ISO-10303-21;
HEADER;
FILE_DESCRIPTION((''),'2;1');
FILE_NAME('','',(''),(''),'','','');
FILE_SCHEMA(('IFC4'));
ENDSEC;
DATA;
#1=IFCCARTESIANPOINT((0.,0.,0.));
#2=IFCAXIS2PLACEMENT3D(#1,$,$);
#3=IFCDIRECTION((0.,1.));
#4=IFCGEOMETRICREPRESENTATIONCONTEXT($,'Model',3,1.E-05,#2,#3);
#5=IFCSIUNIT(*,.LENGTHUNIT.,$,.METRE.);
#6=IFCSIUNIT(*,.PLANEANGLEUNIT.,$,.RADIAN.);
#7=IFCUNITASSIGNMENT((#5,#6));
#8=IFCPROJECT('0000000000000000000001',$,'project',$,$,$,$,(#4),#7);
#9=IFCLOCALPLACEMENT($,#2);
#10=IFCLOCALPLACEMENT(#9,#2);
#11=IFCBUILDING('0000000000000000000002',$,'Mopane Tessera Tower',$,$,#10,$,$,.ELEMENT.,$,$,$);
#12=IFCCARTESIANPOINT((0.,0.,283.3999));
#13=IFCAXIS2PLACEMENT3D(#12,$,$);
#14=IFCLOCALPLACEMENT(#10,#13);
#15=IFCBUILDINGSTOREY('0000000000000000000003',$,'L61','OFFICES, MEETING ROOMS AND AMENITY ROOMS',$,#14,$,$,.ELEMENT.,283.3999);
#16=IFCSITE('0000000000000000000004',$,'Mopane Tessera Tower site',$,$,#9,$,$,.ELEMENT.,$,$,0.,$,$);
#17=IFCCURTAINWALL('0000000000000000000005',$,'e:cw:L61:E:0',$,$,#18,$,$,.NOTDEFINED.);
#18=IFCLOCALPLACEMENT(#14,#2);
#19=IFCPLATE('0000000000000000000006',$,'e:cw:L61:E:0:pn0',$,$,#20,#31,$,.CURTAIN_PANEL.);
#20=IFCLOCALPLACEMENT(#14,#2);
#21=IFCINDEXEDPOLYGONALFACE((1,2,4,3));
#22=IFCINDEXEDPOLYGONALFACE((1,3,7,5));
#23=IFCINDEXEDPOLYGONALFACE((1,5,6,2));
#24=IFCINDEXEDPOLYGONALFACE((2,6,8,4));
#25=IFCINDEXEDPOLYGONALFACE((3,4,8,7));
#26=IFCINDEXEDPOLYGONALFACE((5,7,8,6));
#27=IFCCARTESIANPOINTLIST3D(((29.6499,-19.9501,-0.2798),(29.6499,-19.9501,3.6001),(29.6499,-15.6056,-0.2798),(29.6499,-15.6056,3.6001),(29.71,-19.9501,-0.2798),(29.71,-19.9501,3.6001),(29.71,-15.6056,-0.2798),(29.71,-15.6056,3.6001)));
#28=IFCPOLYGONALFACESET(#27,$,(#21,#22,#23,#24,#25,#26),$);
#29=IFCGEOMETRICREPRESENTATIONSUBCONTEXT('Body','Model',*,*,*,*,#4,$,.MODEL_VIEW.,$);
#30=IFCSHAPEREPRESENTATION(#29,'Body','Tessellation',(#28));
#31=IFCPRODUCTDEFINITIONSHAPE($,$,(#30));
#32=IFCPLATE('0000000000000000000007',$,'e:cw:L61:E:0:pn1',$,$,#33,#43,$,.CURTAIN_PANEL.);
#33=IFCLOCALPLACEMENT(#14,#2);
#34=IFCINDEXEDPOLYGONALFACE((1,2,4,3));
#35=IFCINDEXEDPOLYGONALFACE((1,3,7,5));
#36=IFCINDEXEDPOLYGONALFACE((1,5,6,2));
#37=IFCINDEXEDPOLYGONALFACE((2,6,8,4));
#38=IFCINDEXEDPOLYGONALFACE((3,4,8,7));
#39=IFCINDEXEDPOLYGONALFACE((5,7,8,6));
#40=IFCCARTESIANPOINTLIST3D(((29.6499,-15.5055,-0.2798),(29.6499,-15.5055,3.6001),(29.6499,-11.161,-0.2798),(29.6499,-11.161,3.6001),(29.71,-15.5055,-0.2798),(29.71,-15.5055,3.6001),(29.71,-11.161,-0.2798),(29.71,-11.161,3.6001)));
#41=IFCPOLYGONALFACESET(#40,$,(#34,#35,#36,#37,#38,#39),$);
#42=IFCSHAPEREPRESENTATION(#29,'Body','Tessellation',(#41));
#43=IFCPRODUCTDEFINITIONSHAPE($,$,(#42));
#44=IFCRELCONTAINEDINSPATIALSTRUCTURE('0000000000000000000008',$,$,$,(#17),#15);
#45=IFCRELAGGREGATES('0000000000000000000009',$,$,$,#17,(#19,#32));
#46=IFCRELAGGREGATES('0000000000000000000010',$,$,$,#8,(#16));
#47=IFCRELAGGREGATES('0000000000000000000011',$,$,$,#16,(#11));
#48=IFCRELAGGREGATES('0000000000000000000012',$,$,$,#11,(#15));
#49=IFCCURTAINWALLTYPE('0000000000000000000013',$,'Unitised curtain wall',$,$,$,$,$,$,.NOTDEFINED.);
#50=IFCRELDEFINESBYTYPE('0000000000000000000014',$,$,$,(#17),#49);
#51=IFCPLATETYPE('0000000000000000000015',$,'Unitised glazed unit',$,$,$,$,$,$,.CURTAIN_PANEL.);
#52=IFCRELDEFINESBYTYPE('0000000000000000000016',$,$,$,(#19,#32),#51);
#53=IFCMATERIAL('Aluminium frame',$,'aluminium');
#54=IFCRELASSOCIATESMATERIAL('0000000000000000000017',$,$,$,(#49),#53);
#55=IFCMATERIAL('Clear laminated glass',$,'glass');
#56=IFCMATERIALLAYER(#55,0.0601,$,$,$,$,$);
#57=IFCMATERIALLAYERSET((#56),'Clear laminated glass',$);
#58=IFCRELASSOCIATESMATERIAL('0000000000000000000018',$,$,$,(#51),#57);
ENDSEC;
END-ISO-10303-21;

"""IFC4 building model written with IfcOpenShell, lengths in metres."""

from ifc_helpers import new_model, si_unit, direction, frame, origin, origin_2d, place, context, subcontext, project, spatial, rectangle, extrude, material, layer, layer_set, type_object, element, aggregate, save


model = new_model("IFC4")

# Units and contexts
model_context = context("Model", 3, precision=1e-05, world=origin(), true_north=direction((0.0, 1.0)))
body_context = subcontext(model_context, "Body", "Model", "MODEL_VIEW")
ifc_project = project(units=[si_unit("LENGTHUNIT", "METRE"), si_unit("PLANEANGLEUNIT", "RADIAN")], contexts=[model_context])

# Site, building, storey
site_placement = place(None, origin())
site = spatial("IfcSite", under=ifc_project, at=site_placement, Name="Mopane Tessera Tower site", CompositionType="ELEMENT", RefElevation=0.0)
building_placement = place(site_placement, origin())
building = spatial("IfcBuilding", under=site, at=building_placement, Name="Mopane Tessera Tower", CompositionType="ELEMENT")
storey_placement = place(building_placement, frame((0.0, 0.0, 283.3999)))
storey = spatial("IfcBuildingStorey", under=building, at=storey_placement, Name="L61", Description="OFFICES, MEETING ROOMS AND AMENITY ROOMS", CompositionType="ELEMENT", Elevation=283.3999)

# Curtain wall
ifc_material_1 = material(Name="Aluminium frame", Category="aluminium")
curtain_wall_type = type_object("IfcCurtainWallType", Name="Unitised curtain wall", PredefinedType="NOTDEFINED", material=ifc_material_1)
curtain_wall_1_placement = place(storey_placement, origin())
curtain_wall_1 = element("IfcCurtainWall", 1, at=curtain_wall_1_placement, inside=storey, type_object=curtain_wall_type, Name="e:cw:L61:E:0", PredefinedType="NOTDEFINED")

# Plates
ifc_material_2 = material(Name="Clear laminated glass", Category="glass")
ifc_layer = layer(ifc_material_2, 0.0601)
ifc_layer_set = layer_set([ifc_layer], Name="Clear laminated glass")
plate_type = type_object("IfcPlateType", Name="Unitised glazed unit", PredefinedType="CURTAIN_PANEL", material=ifc_layer_set)
plate_1_placement = place(storey_placement, frame((29.6799, -17.7778, -0.2798), z_axis=(0.0, 0.0, 1.0), x_axis=(0.0, 1.0, 0.0)))
plate_1 = element("IfcPlate", 2, at=plate_1_placement, type_object=plate_type, Name="e:cw:L61:E:0:pn0", PredefinedType="CURTAIN_PANEL", context=body_context, shape_type="SweptSolid", body=[
    extrude(rectangle(XDim=4.3445, YDim=0.0601, at=origin_2d()), origin(), (0.0, 0.0, 1.0), 3.8799),
])
plate_2_placement = place(storey_placement, frame((29.6799, -13.3333, -0.2798), z_axis=(0.0, 0.0, 1.0), x_axis=(0.0, 1.0, 0.0)))
plate_2 = element("IfcPlate", 3, at=plate_2_placement, type_object=plate_type, Name="e:cw:L61:E:0:pn1", PredefinedType="CURTAIN_PANEL", context=body_context, shape_type="SweptSolid", body=[
    extrude(rectangle(XDim=4.3445, YDim=0.0601, at=origin_2d()), origin(), (0.0, 0.0, 1.0), 3.8799),
])
aggregate(curtain_wall_1, [plate_1, plate_2])

save(model, "model.ifc")
